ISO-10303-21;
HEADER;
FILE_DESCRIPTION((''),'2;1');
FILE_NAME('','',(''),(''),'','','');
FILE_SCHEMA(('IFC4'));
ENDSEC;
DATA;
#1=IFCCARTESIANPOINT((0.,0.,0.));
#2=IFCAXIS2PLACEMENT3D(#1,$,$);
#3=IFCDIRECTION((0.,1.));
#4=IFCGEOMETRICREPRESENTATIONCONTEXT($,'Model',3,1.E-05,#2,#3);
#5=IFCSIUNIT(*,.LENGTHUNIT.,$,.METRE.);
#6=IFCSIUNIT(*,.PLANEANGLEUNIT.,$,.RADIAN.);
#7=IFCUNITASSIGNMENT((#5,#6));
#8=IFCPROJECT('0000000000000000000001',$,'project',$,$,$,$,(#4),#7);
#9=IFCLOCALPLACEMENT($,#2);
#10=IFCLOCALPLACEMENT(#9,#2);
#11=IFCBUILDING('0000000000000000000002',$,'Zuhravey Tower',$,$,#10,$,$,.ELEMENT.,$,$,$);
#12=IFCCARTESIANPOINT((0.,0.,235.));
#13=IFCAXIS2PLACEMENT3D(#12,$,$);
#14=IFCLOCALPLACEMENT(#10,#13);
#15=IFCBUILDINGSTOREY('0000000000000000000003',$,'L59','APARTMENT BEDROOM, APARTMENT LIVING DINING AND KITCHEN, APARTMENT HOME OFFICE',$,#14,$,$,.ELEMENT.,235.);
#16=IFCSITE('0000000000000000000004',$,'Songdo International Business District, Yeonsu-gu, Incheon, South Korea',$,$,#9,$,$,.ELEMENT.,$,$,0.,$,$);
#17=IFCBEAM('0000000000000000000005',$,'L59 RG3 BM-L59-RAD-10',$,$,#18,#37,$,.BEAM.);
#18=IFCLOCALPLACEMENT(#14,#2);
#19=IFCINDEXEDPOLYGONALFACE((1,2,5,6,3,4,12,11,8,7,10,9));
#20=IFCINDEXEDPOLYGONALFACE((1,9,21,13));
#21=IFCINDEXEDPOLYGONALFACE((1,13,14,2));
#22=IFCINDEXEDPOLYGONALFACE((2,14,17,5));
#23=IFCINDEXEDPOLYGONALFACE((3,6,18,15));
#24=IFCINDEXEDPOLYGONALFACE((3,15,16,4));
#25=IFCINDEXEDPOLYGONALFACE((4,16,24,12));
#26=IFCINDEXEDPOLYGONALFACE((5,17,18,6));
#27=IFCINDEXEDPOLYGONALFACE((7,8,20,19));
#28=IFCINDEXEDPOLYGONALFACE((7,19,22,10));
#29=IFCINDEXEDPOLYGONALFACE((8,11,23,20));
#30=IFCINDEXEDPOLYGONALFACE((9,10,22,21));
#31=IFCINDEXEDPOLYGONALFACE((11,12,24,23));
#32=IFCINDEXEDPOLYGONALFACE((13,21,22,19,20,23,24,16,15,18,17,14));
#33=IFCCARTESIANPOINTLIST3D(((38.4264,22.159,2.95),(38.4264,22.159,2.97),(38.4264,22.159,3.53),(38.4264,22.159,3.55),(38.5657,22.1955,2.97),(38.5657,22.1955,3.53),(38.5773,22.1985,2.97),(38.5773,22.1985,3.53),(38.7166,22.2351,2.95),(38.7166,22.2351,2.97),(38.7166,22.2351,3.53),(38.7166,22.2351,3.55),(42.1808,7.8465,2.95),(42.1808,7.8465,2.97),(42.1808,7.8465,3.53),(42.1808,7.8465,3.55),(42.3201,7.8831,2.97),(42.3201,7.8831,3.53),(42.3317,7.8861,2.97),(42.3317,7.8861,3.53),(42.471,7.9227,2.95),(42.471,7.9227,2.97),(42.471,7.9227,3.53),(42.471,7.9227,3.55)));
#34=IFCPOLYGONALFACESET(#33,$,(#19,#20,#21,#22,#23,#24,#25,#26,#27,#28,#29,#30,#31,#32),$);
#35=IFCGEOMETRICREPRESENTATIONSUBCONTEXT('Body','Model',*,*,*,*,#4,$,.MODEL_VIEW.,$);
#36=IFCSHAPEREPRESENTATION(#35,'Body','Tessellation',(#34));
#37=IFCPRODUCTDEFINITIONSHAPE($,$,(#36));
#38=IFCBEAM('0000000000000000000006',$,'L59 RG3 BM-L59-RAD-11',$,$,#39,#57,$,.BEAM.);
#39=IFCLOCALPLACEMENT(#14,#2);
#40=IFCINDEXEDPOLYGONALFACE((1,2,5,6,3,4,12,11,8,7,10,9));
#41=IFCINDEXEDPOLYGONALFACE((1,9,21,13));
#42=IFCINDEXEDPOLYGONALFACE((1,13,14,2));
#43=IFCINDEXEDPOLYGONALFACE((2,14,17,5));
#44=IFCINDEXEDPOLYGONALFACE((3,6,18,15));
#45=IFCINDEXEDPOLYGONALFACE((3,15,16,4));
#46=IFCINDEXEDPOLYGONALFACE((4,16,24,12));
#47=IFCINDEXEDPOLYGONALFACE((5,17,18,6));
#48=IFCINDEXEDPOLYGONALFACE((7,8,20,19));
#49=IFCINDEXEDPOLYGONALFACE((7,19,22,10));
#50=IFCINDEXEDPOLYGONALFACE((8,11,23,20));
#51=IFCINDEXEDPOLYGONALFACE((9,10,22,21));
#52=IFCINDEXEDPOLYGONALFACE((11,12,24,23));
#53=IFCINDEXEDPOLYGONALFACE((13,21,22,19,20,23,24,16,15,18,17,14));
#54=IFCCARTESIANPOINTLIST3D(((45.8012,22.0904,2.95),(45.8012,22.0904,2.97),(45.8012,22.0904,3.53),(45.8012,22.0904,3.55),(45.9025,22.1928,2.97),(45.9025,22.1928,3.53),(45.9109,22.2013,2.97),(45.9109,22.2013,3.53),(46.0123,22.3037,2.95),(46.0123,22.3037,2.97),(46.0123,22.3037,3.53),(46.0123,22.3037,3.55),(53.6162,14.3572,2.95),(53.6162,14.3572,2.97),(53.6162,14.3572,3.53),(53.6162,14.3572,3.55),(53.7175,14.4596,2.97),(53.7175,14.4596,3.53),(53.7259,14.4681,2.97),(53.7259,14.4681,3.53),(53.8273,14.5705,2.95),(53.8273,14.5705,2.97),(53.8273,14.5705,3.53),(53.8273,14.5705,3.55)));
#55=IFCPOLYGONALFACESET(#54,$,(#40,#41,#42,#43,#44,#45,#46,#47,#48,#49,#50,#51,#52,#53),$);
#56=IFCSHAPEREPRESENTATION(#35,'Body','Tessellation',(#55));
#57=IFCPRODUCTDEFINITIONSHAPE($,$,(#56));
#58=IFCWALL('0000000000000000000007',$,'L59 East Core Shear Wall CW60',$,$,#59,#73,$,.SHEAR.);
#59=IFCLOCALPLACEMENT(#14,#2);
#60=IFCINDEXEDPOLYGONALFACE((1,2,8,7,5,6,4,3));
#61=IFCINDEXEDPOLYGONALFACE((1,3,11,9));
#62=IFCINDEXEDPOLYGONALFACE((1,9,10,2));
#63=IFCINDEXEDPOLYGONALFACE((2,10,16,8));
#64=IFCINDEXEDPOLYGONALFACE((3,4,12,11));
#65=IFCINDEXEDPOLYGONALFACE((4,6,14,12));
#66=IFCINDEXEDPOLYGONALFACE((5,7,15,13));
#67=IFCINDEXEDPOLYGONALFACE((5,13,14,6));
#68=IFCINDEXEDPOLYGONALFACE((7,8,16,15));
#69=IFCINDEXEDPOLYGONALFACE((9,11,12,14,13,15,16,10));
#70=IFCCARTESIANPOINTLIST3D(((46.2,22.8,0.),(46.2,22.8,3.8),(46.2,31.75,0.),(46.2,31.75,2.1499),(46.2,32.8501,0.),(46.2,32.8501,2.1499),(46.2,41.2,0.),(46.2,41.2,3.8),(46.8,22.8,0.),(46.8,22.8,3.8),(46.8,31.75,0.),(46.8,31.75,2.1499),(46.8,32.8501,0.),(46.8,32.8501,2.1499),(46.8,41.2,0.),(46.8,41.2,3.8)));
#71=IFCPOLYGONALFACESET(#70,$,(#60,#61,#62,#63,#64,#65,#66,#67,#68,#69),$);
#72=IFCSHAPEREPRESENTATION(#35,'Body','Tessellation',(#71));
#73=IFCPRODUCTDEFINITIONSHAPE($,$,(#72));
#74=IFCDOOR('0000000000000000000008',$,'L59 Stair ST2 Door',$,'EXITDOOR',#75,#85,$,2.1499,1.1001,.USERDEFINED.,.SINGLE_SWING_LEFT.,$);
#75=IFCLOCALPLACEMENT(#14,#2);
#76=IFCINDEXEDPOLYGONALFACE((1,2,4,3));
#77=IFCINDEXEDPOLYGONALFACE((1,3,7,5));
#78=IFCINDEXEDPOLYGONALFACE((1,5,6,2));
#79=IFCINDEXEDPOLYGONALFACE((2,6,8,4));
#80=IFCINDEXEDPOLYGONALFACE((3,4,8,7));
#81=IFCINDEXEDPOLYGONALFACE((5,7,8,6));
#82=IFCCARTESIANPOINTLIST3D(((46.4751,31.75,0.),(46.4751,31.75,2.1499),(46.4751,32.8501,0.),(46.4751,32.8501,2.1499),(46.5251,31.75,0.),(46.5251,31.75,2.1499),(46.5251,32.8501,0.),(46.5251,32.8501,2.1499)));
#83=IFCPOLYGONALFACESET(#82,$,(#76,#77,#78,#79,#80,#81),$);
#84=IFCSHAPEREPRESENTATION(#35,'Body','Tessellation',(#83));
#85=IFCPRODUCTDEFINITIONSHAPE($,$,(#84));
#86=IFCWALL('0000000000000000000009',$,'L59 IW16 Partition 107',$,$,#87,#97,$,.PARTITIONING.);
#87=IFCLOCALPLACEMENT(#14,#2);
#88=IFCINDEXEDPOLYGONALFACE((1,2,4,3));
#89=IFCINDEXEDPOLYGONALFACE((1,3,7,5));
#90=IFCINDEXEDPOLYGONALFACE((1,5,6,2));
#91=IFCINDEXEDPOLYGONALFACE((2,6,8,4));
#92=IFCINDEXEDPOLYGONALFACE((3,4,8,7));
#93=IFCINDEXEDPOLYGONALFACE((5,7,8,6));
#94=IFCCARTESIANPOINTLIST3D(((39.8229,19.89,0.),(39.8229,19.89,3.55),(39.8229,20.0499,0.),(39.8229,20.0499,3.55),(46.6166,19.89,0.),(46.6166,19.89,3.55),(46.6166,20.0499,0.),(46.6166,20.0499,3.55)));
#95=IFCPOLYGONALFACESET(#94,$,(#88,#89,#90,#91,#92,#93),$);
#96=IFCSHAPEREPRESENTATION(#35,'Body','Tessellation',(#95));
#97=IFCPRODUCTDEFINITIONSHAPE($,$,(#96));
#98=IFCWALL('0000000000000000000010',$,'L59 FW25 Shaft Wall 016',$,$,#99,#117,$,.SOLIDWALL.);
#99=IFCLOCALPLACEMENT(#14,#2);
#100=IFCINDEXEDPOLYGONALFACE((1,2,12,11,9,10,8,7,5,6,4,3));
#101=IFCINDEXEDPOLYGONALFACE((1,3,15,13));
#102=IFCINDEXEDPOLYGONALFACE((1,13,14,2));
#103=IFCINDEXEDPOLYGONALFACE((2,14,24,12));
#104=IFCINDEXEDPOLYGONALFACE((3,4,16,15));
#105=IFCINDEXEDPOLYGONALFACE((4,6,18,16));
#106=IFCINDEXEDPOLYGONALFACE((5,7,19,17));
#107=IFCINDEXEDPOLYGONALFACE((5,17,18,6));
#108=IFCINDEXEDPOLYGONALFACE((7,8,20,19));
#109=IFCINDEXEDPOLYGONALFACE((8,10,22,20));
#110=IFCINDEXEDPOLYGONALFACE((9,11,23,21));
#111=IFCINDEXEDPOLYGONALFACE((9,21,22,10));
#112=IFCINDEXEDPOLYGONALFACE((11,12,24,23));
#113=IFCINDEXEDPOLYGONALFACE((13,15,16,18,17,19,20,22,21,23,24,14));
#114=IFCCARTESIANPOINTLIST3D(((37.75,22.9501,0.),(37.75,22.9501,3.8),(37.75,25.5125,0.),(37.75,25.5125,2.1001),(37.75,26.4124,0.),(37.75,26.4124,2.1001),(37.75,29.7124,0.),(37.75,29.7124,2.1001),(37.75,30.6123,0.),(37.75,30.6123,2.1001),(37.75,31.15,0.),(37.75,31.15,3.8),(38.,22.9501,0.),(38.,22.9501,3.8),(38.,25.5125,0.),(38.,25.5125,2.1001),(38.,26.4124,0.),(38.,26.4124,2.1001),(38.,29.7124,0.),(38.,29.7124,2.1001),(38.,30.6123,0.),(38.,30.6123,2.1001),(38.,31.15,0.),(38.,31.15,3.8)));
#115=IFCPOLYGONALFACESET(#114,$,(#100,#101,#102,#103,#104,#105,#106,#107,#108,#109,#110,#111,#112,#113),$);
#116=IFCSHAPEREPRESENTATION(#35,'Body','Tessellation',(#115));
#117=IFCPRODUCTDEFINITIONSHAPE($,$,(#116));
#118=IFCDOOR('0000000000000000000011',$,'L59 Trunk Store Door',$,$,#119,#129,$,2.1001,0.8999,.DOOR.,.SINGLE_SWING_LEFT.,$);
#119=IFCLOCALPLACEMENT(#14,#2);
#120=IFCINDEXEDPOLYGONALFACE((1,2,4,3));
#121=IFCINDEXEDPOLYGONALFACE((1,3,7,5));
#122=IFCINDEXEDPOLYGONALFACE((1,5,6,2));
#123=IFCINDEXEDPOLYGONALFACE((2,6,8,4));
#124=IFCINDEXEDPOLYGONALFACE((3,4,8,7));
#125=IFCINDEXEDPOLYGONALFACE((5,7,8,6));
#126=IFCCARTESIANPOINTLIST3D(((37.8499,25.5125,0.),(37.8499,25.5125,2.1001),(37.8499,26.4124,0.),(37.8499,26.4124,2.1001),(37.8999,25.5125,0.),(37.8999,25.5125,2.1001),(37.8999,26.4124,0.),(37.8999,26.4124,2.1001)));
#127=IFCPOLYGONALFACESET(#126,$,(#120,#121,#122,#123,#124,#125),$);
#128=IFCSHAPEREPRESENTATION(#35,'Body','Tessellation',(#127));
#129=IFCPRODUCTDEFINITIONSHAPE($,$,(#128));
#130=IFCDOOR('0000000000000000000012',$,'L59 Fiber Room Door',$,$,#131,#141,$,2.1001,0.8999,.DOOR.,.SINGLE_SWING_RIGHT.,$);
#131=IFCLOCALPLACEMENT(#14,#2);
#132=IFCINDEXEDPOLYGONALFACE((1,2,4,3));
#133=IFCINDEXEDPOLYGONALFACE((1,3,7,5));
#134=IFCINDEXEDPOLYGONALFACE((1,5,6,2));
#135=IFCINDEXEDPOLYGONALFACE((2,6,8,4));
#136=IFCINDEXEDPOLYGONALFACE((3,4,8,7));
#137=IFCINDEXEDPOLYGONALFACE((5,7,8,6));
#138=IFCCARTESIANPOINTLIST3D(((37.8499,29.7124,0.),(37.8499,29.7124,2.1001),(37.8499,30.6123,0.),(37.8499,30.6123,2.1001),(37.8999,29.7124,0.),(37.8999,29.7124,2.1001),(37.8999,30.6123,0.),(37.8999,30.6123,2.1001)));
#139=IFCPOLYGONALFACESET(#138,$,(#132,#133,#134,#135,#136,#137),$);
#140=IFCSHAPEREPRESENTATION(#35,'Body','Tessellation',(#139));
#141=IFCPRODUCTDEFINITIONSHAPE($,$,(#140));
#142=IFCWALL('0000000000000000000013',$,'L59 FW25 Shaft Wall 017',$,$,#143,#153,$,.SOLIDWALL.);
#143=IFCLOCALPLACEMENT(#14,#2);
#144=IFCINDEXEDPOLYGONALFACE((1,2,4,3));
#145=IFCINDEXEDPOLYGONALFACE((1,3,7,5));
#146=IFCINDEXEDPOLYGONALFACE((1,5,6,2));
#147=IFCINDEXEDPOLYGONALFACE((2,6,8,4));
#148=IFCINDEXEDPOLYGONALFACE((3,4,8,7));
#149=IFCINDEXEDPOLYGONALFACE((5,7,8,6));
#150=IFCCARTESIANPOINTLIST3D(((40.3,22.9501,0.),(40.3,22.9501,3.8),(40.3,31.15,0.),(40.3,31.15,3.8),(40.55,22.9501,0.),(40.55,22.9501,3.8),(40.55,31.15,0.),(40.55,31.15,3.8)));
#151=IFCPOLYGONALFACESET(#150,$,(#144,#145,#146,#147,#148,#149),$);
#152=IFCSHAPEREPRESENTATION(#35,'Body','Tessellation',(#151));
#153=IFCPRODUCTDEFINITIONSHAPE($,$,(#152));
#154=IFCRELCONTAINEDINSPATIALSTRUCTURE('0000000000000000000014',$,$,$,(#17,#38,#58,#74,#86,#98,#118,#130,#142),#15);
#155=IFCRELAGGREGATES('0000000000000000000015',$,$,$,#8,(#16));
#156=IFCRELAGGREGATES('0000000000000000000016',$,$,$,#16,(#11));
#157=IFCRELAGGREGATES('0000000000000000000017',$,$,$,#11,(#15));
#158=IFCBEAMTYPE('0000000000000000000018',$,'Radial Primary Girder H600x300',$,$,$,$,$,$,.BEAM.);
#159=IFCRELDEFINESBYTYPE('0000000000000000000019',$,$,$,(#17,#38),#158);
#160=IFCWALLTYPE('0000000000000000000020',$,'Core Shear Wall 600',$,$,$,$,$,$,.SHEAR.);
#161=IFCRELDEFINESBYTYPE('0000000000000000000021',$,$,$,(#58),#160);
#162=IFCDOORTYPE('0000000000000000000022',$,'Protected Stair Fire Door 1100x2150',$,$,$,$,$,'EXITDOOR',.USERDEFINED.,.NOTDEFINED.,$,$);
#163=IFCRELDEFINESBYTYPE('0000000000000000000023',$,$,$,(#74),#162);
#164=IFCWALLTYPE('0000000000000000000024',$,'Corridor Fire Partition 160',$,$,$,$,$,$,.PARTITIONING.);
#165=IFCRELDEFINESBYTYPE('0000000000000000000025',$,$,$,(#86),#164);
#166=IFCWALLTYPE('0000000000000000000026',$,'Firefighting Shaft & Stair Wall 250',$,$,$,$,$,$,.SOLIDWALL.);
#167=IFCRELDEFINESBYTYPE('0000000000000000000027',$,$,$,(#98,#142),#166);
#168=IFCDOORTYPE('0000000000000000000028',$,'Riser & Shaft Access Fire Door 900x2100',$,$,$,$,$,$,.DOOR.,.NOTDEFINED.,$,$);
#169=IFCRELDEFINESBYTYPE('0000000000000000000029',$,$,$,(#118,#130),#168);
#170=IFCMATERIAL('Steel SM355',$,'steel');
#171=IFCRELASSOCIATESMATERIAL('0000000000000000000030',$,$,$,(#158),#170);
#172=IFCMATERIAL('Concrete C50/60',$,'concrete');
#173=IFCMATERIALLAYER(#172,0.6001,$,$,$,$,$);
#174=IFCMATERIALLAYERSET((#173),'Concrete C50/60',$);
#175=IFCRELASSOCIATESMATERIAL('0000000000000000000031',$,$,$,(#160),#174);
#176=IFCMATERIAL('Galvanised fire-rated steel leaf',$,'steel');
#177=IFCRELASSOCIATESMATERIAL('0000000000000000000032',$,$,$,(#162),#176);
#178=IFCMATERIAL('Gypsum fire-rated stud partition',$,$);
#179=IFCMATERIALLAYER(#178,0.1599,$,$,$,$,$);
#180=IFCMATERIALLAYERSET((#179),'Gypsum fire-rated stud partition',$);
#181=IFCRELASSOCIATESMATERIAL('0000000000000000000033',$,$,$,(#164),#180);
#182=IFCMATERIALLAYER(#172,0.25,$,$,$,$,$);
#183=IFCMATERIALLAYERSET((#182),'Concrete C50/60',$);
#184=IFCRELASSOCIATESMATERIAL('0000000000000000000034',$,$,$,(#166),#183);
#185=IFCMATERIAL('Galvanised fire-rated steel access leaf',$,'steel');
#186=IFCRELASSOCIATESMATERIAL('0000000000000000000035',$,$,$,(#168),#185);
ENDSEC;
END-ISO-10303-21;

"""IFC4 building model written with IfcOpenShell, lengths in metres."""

from ifc_helpers import new_model, si_unit, direction, frame, frame_2d, origin, origin_2d, place, context, subcontext, project, spatial, rectangle, i_section, extrude, material, layer, layer_set, material_profile, profile_set, type_object, element, fill, save


model = new_model("IFC4")

# Units and contexts
model_context = context("Model", 3, precision=1e-05, world=origin(), true_north=direction((0.0, 1.0)))
body_context = subcontext(model_context, "Body", "Model", "MODEL_VIEW")
ifc_project = project(units=[si_unit("LENGTHUNIT", "METRE"), si_unit("PLANEANGLEUNIT", "RADIAN")], contexts=[model_context])

# Site, building, storey
site_placement = place(None, origin())
site = spatial("IfcSite", under=ifc_project, at=site_placement, Name="Songdo International Business District, Yeonsu-gu, Incheon, South Korea", CompositionType="ELEMENT", RefElevation=0.0)
building_placement = place(site_placement, origin())
building = spatial("IfcBuilding", under=site, at=building_placement, Name="Zuhravey Tower", CompositionType="ELEMENT")
storey_placement = place(building_placement, frame((0.0, 0.0, 235.0)))
storey = spatial("IfcBuildingStorey", under=building, at=storey_placement, Name="L59", Description="APARTMENT BEDROOM, APARTMENT LIVING DINING AND KITCHEN, APARTMENT HOME OFFICE", CompositionType="ELEMENT", Elevation=235.0)

# Beams
ifc_material_1 = material(Name="Steel SM355", Category="steel")
ifc_material_profile = material_profile(ifc_material_1, i_section(OverallWidth=0.3, OverallDepth=0.6001, WebThickness=0.012, FlangeThickness=0.02, at=origin_2d()), Name="H-600x300x12x20")
ifc_profile_set = profile_set([ifc_material_profile], Name="Steel SM355")
beam_type = type_object("IfcBeamType", Name="Radial Primary Girder H600x300", PredefinedType="BEAM", material=ifc_profile_set)
beam_1_placement = place(storey_placement, frame((38.5715, 22.197, 3.25), z_axis=(0.253731, -0.967275, 0.0), x_axis=(0.967275, 0.253731, 0.0)))
element("IfcBeam", 1, at=beam_1_placement, inside=storey, type_object=beam_type, Name="L59 RG3 BM-L59-RAD-10", PredefinedType="BEAM", context=body_context, shape_type="SweptSolid", body=[
    extrude(i_section(OverallWidth=0.3, OverallDepth=0.6001, WebThickness=0.012, FlangeThickness=0.02, at=origin_2d()), origin(), (0.0, 0.0, 1.0), 14.7966),
])
beam_2_placement = place(storey_placement, frame((45.9067, 22.197, 3.25), z_axis=(0.710817, -0.703377, 0.0), x_axis=(0.703377, 0.710817, 0.0)))
element("IfcBeam", 2, at=beam_2_placement, inside=storey, type_object=beam_type, Name="L59 RG3 BM-L59-RAD-11", PredefinedType="BEAM", context=body_context, shape_type="SweptSolid", body=[
    extrude(i_section(OverallWidth=0.3, OverallDepth=0.6001, WebThickness=0.012, FlangeThickness=0.02, at=origin_2d()), origin(), (0.0, 0.0, 1.0), 10.9944),
])

# Wall, opening, door
ifc_material_2 = material(Name="Concrete C50/60", Category="concrete")
ifc_layer_1 = layer(ifc_material_2, 0.6001)
ifc_layer_set_1 = layer_set([ifc_layer_1], Name="Concrete C50/60")
wall_type_1 = type_object("IfcWallType", Name="Core Shear Wall 600", PredefinedType="SHEAR", material=ifc_layer_set_1)
ifc_material_3 = material(Name="Galvanised fire-rated steel leaf", Category="steel")
wall_1_placement = place(storey_placement, frame((46.5, 22.8, 0.0), z_axis=(0.0, 0.0, 1.0), x_axis=(0.0, 1.0, 0.0)))
wall_1 = element("IfcWall", 3, at=wall_1_placement, inside=storey, type_object=wall_type_1, Name="L59 East Core Shear Wall CW60", PredefinedType="SHEAR", context=body_context, shape_type="SweptSolid", body=[
    extrude(rectangle(XDim=18.3999, YDim=0.6001, at=frame_2d((9.2, 0.0))), origin(), (0.0, 0.0, 1.0), 3.8),
])
opening_1_placement = place(wall_1_placement, frame((8.95, 0.0, 0.0)))
opening_1 = element("IfcOpeningElement", 4, at=opening_1_placement, cuts=wall_1, PredefinedType="OPENING", context=body_context, shape_type="SweptSolid", body=[
    extrude(rectangle(XDim=1.1001, YDim=2.1499, at=frame_2d((0.55, 1.075))), frame((0.0, 0.312, 0.0), z_axis=(0.0, -1.0, 0.0), x_axis=(1.0, 0.0, 0.0)), (0.0, 0.0, 1.0), 0.624),
])
door_type_1 = type_object("IfcDoorType", Name="Protected Stair Fire Door 1100x2150", ElementType="EXITDOOR", OperationType="NOTDEFINED", PredefinedType="USERDEFINED", material=ifc_material_3)
door_1_placement = place(opening_1_placement, origin())
door_1 = element("IfcDoor", 5, at=door_1_placement, inside=storey, type_object=door_type_1, Name="L59 Stair ST2 Door", ObjectType="EXITDOOR", OperationType="SINGLE_SWING_LEFT", OverallHeight=2.1499, OverallWidth=1.1001, PredefinedType="USERDEFINED", context=body_context, shape_type="SweptSolid", body=[
    extrude(rectangle(XDim=1.1001, YDim=2.1499, at=frame_2d((0.55, 1.075))), frame((0.0, 0.0249, 0.0), z_axis=(0.0, -1.0, 0.0), x_axis=(1.0, 0.0, 0.0)), (0.0, 0.0, 1.0), 0.05),
])
fill(opening_1, door_1)

# Wall
ifc_material_4 = material(Name="Gypsum fire-rated stud partition")
ifc_layer_2 = layer(ifc_material_4, 0.1599)
ifc_layer_set_2 = layer_set([ifc_layer_2], Name="Gypsum fire-rated stud partition")
wall_type_2 = type_object("IfcWallType", Name="Corridor Fire Partition 160", PredefinedType="PARTITIONING", material=ifc_layer_set_2)
wall_2_placement = place(storey_placement, frame((39.8228, 19.97, 0.0), z_axis=(0.0, 0.0, 1.0), x_axis=(1.0, 0.0, 0.0)))
element("IfcWall", 6, at=wall_2_placement, inside=storey, type_object=wall_type_2, Name="L59 IW16 Partition 107", PredefinedType="PARTITIONING", context=body_context, shape_type="SweptSolid", body=[
    extrude(rectangle(XDim=6.7937, YDim=0.1599, at=frame_2d((3.397, 0.0))), origin(), (0.0, 0.0, 1.0), 3.55),
])

# Wall, openings, doors
ifc_layer_3 = layer(ifc_material_2, 0.25)
ifc_layer_set_3 = layer_set([ifc_layer_3], Name="Concrete C50/60")
wall_type_3 = type_object("IfcWallType", Name="Firefighting Shaft & Stair Wall 250", PredefinedType="SOLIDWALL", material=ifc_layer_set_3)
wall_3_placement = place(storey_placement, frame((37.875, 22.95, 0.0), z_axis=(0.0, 0.0, 1.0), x_axis=(0.0, 1.0, 0.0)))
wall_3 = element("IfcWall", 7, at=wall_3_placement, inside=storey, type_object=wall_type_3, Name="L59 FW25 Shaft Wall 016", PredefinedType="SOLIDWALL", context=body_context, shape_type="SweptSolid", body=[
    extrude(rectangle(XDim=8.2, YDim=0.25, at=frame_2d((4.1001, 0.0))), origin(), (0.0, 0.0, 1.0), 3.8),
])
opening_2_placement = place(wall_3_placement, frame((2.5625, 0.0, 0.0)))
opening_2 = element("IfcOpeningElement", 8, at=opening_2_placement, cuts=wall_3, PredefinedType="OPENING", context=body_context, shape_type="SweptSolid", body=[
    extrude(rectangle(XDim=0.8999, YDim=2.1001, at=frame_2d((0.45, 1.05))), frame((0.0, 0.137, 0.0), z_axis=(0.0, -1.0, 0.0), x_axis=(1.0, 0.0, 0.0)), (0.0, 0.0, 1.0), 0.2739),
])
opening_3_placement = place(wall_3_placement, frame((6.7625, 0.0, 0.0)))
opening_3 = element("IfcOpeningElement", 9, at=opening_3_placement, cuts=wall_3, PredefinedType="OPENING", context=body_context, shape_type="SweptSolid", body=[
    extrude(rectangle(XDim=0.8999, YDim=2.1001, at=frame_2d((0.45, 1.05))), frame((0.0, 0.137, 0.0), z_axis=(0.0, -1.0, 0.0), x_axis=(1.0, 0.0, 0.0)), (0.0, 0.0, 1.0), 0.2739),
])
ifc_material_5 = material(Name="Galvanised fire-rated steel access leaf", Category="steel")
door_type_2 = type_object("IfcDoorType", Name="Riser & Shaft Access Fire Door 900x2100", OperationType="NOTDEFINED", PredefinedType="DOOR", material=ifc_material_5)
door_2_placement = place(opening_2_placement, frame((0.8999, 0.0, 0.0), z_axis=(0.0, 0.0, 1.0), x_axis=(-1.0, 0.0, 0.0)))
door_2 = element("IfcDoor", 10, at=door_2_placement, inside=storey, type_object=door_type_2, Name="L59 Trunk Store Door", OperationType="SINGLE_SWING_LEFT", OverallHeight=2.1001, OverallWidth=0.8999, PredefinedType="DOOR", context=body_context, shape_type="SweptSolid", body=[
    extrude(rectangle(XDim=0.8999, YDim=2.1001, at=frame_2d((0.45, 1.05))), frame((0.0, 0.0249, 0.0), z_axis=(0.0, -1.0, 0.0), x_axis=(1.0, 0.0, 0.0)), (0.0, 0.0, 1.0), 0.05),
])
fill(opening_2, door_2)
door_3_placement = place(opening_3_placement, frame((0.8999, 0.0, 0.0), z_axis=(0.0, 0.0, 1.0), x_axis=(-1.0, 0.0, 0.0)))
door_3 = element("IfcDoor", 11, at=door_3_placement, inside=storey, type_object=door_type_2, Name="L59 Fiber Room Door", OperationType="SINGLE_SWING_RIGHT", OverallHeight=2.1001, OverallWidth=0.8999, PredefinedType="DOOR", context=body_context, shape_type="SweptSolid", body=[
    extrude(rectangle(XDim=0.8999, YDim=2.1001, at=frame_2d((0.45, 1.05))), frame((0.0, 0.0249, 0.0), z_axis=(0.0, -1.0, 0.0), x_axis=(1.0, 0.0, 0.0)), (0.0, 0.0, 1.0), 0.05),
])
fill(opening_3, door_3)

# Wall
wall_4_placement = place(storey_placement, frame((40.425, 22.95, 0.0), z_axis=(0.0, 0.0, 1.0), x_axis=(0.0, 1.0, 0.0)))
element("IfcWall", 12, at=wall_4_placement, inside=storey, type_object=wall_type_3, Name="L59 FW25 Shaft Wall 017", PredefinedType="SOLIDWALL", context=body_context, shape_type="SweptSolid", body=[
    extrude(rectangle(XDim=8.2, YDim=0.25, at=frame_2d((4.1001, 0.0))), origin(), (0.0, 0.0, 1.0), 3.8),
])

save(model, "model.ifc")
